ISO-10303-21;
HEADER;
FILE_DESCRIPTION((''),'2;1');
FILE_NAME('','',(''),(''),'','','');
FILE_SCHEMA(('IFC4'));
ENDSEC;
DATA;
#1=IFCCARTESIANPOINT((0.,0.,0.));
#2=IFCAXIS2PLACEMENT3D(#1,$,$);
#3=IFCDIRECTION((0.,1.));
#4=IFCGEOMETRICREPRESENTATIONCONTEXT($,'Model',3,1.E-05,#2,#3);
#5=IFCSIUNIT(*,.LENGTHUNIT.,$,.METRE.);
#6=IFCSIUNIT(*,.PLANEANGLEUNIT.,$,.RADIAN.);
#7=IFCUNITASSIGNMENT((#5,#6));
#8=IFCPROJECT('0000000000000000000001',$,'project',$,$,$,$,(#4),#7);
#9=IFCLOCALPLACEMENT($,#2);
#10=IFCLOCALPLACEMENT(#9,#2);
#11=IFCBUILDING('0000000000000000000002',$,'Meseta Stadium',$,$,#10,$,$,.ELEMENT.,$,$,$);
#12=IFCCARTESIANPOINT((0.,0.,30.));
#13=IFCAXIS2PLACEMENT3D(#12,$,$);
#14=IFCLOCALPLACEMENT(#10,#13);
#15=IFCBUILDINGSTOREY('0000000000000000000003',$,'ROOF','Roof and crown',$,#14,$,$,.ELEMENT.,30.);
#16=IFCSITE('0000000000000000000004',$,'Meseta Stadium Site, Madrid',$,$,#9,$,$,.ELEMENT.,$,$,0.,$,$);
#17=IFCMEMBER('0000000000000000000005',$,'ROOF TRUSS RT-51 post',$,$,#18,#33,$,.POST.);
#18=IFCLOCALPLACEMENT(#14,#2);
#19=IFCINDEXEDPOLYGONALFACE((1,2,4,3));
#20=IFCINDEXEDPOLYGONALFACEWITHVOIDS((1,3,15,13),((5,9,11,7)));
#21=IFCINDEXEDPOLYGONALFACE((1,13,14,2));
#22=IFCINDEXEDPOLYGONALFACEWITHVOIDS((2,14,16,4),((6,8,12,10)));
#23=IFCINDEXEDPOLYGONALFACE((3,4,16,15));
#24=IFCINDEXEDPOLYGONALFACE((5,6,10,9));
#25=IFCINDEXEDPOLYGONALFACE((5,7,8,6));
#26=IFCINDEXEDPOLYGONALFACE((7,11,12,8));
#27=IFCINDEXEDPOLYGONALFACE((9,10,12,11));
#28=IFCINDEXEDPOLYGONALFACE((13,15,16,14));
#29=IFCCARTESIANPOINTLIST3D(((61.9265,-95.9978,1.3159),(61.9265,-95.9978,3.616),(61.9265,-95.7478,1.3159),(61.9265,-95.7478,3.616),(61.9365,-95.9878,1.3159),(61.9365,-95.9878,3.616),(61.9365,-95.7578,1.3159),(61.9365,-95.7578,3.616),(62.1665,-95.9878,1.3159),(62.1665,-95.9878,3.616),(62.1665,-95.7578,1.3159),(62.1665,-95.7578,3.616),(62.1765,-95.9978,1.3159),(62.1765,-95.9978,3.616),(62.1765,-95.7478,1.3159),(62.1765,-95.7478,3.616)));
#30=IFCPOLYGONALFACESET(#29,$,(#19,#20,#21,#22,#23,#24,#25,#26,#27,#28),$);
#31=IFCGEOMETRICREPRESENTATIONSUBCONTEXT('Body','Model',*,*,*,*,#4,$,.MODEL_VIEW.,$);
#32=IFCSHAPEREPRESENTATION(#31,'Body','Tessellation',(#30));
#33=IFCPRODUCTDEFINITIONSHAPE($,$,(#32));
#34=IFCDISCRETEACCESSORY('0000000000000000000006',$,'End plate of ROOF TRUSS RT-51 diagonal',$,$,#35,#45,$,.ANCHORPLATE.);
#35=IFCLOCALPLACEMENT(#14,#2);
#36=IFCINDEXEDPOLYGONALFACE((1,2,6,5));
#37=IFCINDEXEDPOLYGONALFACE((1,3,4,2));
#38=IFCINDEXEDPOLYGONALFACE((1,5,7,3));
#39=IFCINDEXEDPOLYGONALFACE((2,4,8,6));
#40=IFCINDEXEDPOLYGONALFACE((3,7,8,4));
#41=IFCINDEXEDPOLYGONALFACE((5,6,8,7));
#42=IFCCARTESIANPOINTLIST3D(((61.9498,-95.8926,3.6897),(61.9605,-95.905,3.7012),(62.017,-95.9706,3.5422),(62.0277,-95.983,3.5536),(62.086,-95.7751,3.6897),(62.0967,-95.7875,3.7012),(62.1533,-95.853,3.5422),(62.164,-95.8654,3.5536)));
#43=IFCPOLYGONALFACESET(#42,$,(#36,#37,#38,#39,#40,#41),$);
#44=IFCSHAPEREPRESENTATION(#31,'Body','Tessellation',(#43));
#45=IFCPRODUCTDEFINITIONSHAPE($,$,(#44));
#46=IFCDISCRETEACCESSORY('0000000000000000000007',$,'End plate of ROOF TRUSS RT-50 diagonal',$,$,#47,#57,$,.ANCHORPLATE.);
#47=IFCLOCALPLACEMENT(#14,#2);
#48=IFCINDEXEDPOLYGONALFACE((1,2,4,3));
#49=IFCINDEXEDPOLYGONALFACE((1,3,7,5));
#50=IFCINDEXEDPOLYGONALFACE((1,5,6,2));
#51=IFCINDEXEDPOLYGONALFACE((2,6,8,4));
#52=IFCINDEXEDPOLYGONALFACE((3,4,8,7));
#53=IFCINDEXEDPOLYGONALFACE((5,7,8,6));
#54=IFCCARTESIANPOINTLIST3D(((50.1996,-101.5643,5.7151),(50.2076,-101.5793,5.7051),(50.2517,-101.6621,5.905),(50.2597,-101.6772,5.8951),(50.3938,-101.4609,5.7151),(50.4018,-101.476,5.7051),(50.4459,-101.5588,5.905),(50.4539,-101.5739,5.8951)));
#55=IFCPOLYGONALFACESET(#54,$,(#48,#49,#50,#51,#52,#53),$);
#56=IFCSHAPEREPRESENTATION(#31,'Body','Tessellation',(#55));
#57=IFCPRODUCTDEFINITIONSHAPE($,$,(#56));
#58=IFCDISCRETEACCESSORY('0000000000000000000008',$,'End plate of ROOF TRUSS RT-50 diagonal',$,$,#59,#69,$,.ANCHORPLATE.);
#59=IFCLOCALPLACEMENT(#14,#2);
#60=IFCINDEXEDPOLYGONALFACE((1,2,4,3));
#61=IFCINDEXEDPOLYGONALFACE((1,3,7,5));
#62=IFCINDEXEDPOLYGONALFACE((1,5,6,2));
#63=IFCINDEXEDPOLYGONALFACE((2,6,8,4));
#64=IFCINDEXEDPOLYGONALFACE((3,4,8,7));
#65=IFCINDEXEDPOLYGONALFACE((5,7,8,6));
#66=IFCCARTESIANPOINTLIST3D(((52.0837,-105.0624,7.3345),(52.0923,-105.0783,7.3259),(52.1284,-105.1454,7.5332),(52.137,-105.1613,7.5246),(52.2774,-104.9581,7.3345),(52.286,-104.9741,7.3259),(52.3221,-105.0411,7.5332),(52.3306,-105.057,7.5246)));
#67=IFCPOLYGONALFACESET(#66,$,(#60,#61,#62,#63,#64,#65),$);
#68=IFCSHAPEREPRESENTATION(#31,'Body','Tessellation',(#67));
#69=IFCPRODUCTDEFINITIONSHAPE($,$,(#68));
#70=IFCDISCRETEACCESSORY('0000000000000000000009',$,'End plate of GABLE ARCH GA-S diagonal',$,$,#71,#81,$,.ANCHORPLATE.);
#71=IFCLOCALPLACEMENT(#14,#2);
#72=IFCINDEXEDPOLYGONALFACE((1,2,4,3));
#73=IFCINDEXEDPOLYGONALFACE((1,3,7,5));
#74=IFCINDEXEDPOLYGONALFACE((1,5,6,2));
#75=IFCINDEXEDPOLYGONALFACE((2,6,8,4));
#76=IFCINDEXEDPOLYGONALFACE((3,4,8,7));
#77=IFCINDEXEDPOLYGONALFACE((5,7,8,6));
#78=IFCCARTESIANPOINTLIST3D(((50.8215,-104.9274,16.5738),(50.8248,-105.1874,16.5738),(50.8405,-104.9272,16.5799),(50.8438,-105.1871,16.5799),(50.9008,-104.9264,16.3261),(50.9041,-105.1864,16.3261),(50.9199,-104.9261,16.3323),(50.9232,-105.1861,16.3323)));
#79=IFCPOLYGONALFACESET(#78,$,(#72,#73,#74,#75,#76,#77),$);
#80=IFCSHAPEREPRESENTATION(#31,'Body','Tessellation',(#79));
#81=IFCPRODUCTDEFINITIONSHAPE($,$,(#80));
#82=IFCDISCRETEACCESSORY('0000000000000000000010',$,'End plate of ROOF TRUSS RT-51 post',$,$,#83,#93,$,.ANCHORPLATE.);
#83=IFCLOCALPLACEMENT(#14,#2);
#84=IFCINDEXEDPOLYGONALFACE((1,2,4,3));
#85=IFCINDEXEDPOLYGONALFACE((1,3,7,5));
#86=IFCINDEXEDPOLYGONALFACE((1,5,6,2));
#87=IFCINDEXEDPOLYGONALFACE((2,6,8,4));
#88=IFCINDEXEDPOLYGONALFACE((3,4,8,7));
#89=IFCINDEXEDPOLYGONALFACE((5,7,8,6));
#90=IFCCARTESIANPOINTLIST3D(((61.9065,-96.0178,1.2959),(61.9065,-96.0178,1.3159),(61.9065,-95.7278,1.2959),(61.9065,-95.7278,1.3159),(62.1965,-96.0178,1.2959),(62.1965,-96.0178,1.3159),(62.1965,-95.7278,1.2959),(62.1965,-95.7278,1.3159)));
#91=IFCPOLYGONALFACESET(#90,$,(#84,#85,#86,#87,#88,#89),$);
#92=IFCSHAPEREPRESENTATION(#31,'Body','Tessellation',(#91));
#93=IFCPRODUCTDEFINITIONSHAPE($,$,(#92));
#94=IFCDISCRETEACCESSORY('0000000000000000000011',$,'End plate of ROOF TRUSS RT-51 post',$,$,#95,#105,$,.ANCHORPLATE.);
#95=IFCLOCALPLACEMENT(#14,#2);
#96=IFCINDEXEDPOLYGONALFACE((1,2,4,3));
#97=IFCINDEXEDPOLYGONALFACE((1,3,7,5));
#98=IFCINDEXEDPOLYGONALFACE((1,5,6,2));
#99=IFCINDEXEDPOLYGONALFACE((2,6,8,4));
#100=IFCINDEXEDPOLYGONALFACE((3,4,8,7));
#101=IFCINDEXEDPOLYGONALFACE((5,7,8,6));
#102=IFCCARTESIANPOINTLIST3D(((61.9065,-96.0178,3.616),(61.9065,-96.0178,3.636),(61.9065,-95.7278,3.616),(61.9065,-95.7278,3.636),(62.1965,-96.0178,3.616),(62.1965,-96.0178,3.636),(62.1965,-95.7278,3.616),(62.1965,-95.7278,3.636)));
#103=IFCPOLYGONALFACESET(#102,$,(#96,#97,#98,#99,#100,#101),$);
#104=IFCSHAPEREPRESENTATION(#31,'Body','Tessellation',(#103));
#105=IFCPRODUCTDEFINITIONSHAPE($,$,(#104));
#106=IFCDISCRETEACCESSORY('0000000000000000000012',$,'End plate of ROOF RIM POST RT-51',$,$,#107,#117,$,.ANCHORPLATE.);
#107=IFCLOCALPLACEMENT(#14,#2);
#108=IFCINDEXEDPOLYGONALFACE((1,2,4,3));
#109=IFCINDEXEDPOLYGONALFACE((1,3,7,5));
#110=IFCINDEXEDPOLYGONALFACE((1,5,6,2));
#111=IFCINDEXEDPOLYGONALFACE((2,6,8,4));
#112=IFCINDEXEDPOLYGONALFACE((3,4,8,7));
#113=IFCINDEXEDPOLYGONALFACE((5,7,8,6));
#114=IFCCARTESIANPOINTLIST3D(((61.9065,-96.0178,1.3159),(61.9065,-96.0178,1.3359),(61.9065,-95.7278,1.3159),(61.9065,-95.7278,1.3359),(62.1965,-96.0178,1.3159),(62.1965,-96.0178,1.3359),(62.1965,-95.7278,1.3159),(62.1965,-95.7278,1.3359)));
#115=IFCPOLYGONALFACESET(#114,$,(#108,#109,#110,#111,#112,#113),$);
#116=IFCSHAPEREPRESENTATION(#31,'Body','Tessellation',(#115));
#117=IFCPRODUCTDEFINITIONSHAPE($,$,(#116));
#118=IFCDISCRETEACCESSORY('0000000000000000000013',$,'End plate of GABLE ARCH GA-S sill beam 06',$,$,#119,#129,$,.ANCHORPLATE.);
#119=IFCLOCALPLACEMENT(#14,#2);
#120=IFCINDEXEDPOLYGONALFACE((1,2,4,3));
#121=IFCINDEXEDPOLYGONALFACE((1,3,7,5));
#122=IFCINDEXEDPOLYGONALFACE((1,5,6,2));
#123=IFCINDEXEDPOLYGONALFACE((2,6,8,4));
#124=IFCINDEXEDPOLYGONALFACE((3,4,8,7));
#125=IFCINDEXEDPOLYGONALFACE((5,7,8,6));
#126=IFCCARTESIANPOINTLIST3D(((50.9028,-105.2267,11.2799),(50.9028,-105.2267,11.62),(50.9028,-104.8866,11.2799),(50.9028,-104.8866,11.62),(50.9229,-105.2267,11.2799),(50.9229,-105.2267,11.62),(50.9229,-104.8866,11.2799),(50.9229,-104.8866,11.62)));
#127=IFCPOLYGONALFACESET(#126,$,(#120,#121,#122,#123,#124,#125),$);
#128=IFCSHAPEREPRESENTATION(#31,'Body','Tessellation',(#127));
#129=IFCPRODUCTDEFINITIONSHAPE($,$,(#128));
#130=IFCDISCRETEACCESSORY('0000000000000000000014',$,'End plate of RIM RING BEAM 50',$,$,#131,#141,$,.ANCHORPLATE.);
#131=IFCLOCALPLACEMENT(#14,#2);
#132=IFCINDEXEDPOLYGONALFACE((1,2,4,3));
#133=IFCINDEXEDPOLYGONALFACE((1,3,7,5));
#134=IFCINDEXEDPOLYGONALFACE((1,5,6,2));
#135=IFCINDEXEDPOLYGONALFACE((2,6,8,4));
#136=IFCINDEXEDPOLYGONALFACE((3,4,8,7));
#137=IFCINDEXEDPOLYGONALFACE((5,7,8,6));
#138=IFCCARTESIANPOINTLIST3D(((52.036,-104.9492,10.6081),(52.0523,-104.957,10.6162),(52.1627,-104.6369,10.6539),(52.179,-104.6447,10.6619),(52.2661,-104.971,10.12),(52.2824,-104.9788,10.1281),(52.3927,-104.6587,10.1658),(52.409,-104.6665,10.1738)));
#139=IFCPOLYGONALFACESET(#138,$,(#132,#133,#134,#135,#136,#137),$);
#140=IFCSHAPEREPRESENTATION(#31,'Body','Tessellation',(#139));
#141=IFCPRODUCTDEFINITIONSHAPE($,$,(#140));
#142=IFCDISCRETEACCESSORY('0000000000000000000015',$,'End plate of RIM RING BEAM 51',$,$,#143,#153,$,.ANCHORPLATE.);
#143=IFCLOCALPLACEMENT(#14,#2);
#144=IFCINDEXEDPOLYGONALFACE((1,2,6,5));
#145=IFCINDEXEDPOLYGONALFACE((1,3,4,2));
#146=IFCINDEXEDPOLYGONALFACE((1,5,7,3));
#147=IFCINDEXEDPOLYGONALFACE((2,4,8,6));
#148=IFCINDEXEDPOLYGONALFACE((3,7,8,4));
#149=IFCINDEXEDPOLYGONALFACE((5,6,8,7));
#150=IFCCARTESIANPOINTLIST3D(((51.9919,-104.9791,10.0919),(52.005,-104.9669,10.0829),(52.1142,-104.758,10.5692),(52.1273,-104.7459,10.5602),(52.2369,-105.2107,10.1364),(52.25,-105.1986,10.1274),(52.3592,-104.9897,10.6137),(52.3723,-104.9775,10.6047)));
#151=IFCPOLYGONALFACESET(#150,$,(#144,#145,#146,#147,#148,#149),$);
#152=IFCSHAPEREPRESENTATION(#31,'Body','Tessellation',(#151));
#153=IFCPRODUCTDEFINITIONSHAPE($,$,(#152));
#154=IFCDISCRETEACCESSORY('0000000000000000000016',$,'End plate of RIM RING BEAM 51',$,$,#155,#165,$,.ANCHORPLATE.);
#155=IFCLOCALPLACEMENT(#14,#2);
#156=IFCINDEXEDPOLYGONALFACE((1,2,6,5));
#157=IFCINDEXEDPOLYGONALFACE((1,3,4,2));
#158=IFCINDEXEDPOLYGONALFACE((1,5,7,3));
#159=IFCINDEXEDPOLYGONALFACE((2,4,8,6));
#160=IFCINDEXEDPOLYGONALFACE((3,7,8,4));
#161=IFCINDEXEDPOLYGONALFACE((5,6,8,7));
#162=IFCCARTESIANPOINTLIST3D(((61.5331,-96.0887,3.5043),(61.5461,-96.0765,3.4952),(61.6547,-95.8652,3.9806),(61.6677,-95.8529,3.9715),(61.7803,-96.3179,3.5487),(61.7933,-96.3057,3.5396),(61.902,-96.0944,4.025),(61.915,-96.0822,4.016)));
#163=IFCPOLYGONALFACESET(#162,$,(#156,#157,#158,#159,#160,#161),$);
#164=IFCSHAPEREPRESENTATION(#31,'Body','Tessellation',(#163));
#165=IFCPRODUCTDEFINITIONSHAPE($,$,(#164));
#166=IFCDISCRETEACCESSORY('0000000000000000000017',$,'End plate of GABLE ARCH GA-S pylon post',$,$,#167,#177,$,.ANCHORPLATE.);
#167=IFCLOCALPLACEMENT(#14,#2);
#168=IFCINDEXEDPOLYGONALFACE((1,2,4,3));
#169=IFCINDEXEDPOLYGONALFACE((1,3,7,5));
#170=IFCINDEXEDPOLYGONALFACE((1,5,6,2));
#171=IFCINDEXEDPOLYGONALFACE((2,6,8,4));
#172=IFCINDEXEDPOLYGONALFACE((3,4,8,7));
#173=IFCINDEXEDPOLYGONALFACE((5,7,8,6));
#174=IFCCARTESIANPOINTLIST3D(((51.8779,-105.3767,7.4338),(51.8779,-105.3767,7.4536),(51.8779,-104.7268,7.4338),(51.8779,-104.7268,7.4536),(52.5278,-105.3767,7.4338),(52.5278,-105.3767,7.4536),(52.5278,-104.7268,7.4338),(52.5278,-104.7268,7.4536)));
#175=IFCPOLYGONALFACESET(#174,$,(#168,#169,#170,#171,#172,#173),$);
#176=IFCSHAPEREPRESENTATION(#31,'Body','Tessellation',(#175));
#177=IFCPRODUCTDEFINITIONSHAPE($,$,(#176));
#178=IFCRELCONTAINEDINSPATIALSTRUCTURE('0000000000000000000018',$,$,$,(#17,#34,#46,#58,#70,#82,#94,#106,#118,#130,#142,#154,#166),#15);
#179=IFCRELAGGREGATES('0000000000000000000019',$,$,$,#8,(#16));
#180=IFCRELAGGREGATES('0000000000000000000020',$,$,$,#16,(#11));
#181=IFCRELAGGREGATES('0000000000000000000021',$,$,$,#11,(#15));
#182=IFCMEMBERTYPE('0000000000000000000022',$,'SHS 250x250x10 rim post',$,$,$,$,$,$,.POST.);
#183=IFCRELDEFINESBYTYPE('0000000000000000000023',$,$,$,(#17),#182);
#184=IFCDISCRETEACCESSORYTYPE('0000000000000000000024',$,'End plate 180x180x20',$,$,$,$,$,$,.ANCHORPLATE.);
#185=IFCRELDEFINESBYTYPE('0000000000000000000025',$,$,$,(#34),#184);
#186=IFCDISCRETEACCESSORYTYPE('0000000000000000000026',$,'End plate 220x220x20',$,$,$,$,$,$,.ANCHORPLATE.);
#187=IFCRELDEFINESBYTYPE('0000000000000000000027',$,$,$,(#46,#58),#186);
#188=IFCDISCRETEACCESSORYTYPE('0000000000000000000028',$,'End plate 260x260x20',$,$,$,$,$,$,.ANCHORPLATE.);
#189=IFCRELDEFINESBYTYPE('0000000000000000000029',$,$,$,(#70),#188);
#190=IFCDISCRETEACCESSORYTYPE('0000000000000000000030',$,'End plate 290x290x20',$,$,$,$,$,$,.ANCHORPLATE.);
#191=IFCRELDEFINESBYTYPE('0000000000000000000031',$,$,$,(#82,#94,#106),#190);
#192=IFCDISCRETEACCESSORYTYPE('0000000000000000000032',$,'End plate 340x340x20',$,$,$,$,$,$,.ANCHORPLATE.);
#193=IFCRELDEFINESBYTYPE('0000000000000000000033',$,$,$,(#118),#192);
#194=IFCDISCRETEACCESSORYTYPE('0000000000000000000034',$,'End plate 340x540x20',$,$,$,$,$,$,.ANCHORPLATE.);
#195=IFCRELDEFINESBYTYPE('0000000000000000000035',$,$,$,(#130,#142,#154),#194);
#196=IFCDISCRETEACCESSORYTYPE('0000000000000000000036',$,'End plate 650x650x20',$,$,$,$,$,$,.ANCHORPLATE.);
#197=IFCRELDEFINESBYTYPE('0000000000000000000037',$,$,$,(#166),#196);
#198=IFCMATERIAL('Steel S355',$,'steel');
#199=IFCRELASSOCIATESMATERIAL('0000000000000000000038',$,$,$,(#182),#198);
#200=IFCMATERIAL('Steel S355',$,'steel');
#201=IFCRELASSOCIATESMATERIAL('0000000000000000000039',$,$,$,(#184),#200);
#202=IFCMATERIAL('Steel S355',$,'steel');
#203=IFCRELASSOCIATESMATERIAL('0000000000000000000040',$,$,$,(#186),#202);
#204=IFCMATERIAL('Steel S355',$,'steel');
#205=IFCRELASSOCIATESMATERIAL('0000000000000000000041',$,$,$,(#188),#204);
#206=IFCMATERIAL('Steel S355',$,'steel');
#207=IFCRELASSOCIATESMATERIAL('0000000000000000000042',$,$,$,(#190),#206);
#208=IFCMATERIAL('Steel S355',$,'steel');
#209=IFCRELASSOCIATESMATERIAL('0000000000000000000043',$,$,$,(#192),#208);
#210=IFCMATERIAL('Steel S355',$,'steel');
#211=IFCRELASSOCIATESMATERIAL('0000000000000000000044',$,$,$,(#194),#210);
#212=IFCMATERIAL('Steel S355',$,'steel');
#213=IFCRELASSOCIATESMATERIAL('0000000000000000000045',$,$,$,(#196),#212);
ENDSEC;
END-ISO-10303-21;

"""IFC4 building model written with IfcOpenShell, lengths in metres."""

from ifc_helpers import new_model, si_unit, direction, frame, origin, origin_2d, place, context, subcontext, project, spatial, rectangle, hollow_rectangle, extrude, material, material_profile, profile_set, type_object, element, save


model = new_model("IFC4")

# Units and contexts
model_context = context("Model", 3, precision=1e-05, world=origin(), true_north=direction((0.0, 1.0)))
body_context = subcontext(model_context, "Body", "Model", "MODEL_VIEW")
ifc_project = project(units=[si_unit("LENGTHUNIT", "METRE"), si_unit("PLANEANGLEUNIT", "RADIAN")], contexts=[model_context])

# Site, building, storey
site_placement = place(None, origin())
site = spatial("IfcSite", under=ifc_project, at=site_placement, Name="Meseta Stadium Site, Madrid", CompositionType="ELEMENT", RefElevation=0.0)
building_placement = place(site_placement, origin())
building = spatial("IfcBuilding", under=site, at=building_placement, Name="Meseta Stadium", CompositionType="ELEMENT")
storey_placement = place(building_placement, frame((0.0, 0.0, 30.0)))
storey = spatial("IfcBuildingStorey", under=building, at=storey_placement, Name="ROOF", Description="Roof and crown", CompositionType="ELEMENT", Elevation=30.0)

# Member
ifc_material_1 = material(Name="Steel S355", Category="steel")
ifc_material_profile_1 = material_profile(ifc_material_1, hollow_rectangle(XDim=0.25, YDim=0.25, WallThickness=0.01, at=origin_2d()), Name="SHS 250x250x10")
ifc_profile_set_1 = profile_set([ifc_material_profile_1], Name="Steel S355")
member_type_1 = type_object("IfcMemberType", Name="SHS 250x250x10 rim post", PredefinedType="POST", material=ifc_profile_set_1)
member_1_placement = place(storey_placement, frame((62.0515, -95.8728, 1.3159), z_axis=(0.0, 0.0, 1.0), x_axis=(1.0, 0.0, 0.0)))
element("IfcMember", 1, at=member_1_placement, inside=storey, type_object=member_type_1, Name="ROOF TRUSS RT-51 post", PredefinedType="POST", context=body_context, shape_type="SweptSolid", body=[
    extrude(hollow_rectangle(XDim=0.25, YDim=0.25, WallThickness=0.01, at=origin_2d()), origin(), (0.0, 0.0, 1.0), 2.3),
])

# Discrete accessories
ifc_material_2 = material(Name="Steel S355", Category="steel")
ifc_material_profile_2 = material_profile(ifc_material_2, rectangle(XDim=0.1799, YDim=0.1799, at=origin_2d()), Name="PL 180x180")
ifc_profile_set_2 = profile_set([ifc_material_profile_2], Name="Steel S355")
discrete_accessory_type_1 = type_object("IfcDiscreteAccessoryType", Name="End plate 180x180x20", PredefinedType="ANCHORPLATE", material=ifc_profile_set_2)
discrete_accessory_1_placement = place(storey_placement, frame((62.0515, -95.8728, 3.616), z_axis=(0.53571, -0.620936, 0.572235), x_axis=(0.757157, 0.653233, 0.0)))
element("IfcDiscreteAccessory", 2, at=discrete_accessory_1_placement, inside=storey, type_object=discrete_accessory_type_1, Name="End plate of ROOF TRUSS RT-51 diagonal", PredefinedType="ANCHORPLATE", context=body_context, shape_type="SweptSolid", body=[
    extrude(rectangle(XDim=0.1799, YDim=0.1799, at=origin_2d()), origin(), (0.0, 0.0, 1.0), 0.02),
])
ifc_material_3 = material(Name="Steel S355", Category="steel")
ifc_material_profile_3 = material_profile(ifc_material_3, rectangle(XDim=0.22, YDim=0.22, at=origin_2d()), Name="PL 220x220")
ifc_profile_set_3 = profile_set([ifc_material_profile_3], Name="Steel S355")
discrete_accessory_type_2 = type_object("IfcDiscreteAccessoryType", Name="End plate 220x220x20", PredefinedType="ANCHORPLATE", material=ifc_profile_set_3)
discrete_accessory_2_placement = place(storey_placement, frame((50.3228, -101.5615, 5.8101), z_axis=(0.405772, -0.762359, -0.504141), x_axis=(0.882747, 0.469849, 0.0)))
element("IfcDiscreteAccessory", 3, at=discrete_accessory_2_placement, inside=storey, type_object=discrete_accessory_type_2, Name="End plate of ROOF TRUSS RT-50 diagonal", PredefinedType="ANCHORPLATE", context=body_context, shape_type="SweptSolid", body=[
    extrude(rectangle(XDim=0.22, YDim=0.22, at=origin_2d()), origin(), (0.0, 0.0, 1.0), 0.0198),
])
discrete_accessory_3_placement = place(storey_placement, frame((52.2029, -105.0518, 7.4338), z_axis=(0.428393, -0.795587, -0.428393), x_axis=(0.880471, 0.4741, 0.0)))
element("IfcDiscreteAccessory", 4, at=discrete_accessory_3_placement, inside=storey, type_object=discrete_accessory_type_2, Name="End plate of ROOF TRUSS RT-50 diagonal", PredefinedType="ANCHORPLATE", context=body_context, shape_type="SweptSolid", body=[
    extrude(rectangle(XDim=0.22, YDim=0.22, at=origin_2d()), origin(), (0.0, 0.0, 1.0), 0.02),
])
ifc_material_4 = material(Name="Steel S355", Category="steel")
ifc_material_profile_4 = material_profile(ifc_material_4, rectangle(XDim=0.26, YDim=0.26, at=origin_2d()), Name="PL 260x260")
ifc_profile_set_4 = profile_set([ifc_material_profile_4], Name="Steel S355")
discrete_accessory_type_3 = type_object("IfcDiscreteAccessoryType", Name="End plate 260x260x20", PredefinedType="ANCHORPLATE", material=ifc_profile_set_4)
discrete_accessory_4_placement = place(storey_placement, frame((50.8628, -105.0569, 16.45), z_axis=(0.952211, 0.012208, 0.305196), x_axis=(-0.012819, 0.999918, 0.0)))
element("IfcDiscreteAccessory", 5, at=discrete_accessory_4_placement, inside=storey, type_object=discrete_accessory_type_3, Name="End plate of GABLE ARCH GA-S diagonal", PredefinedType="ANCHORPLATE", context=body_context, shape_type="SweptSolid", body=[
    extrude(rectangle(XDim=0.26, YDim=0.26, at=origin_2d()), origin(), (0.0, 0.0, 1.0), 0.02),
])
ifc_material_5 = material(Name="Steel S355", Category="steel")
ifc_material_profile_5 = material_profile(ifc_material_5, rectangle(XDim=0.29, YDim=0.29, at=origin_2d()), Name="PL 290x290")
ifc_profile_set_5 = profile_set([ifc_material_profile_5], Name="Steel S355")
discrete_accessory_type_4 = type_object("IfcDiscreteAccessoryType", Name="End plate 290x290x20", PredefinedType="ANCHORPLATE", material=ifc_profile_set_5)
for number, where, z_axis, x_axis, name in (
    (6, (62.0515, -95.8728, 1.2959), (0.0, 0.0, 1.0), (1.0, 0.0, 0.0), "End plate of ROOF TRUSS RT-51 post"),
    (7, (62.0515, -95.8728, 3.616), (0.0, 0.0, 1.0), (1.0, 0.0, 0.0), "End plate of ROOF TRUSS RT-51 post"),
    (8, (62.0515, -95.8728, 1.3159), (0.0, 0.0, 1.0), (1.0, 0.0, 0.0), "End plate of ROOF RIM POST RT-51"),
):
    element("IfcDiscreteAccessory", number, at=place(storey_placement, frame(where, z_axis=z_axis, x_axis=x_axis)), inside=storey, type_object=discrete_accessory_type_4, Name=name, PredefinedType="ANCHORPLATE", context=body_context, shape_type="SweptSolid", body=[
        extrude(rectangle(XDim=0.29, YDim=0.29, at=origin_2d()), origin(), (0.0, 0.0, 1.0), 0.02),
    ])
ifc_material_6 = material(Name="Steel S355", Category="steel")
ifc_material_profile_6 = material_profile(ifc_material_6, rectangle(XDim=0.3401, YDim=0.3401, at=origin_2d()), Name="PL 340x340")
ifc_profile_set_6 = profile_set([ifc_material_profile_6], Name="Steel S355")
discrete_accessory_type_5 = type_object("IfcDiscreteAccessoryType", Name="End plate 340x340x20", PredefinedType="ANCHORPLATE", material=ifc_profile_set_6)
discrete_accessory_5_placement = place(storey_placement, frame((50.9028, -105.0566, 11.45), z_axis=(1.0, 0.0, 0.0), x_axis=(0.0, 1.0, 0.0)))
element("IfcDiscreteAccessory", 9, at=discrete_accessory_5_placement, inside=storey, type_object=discrete_accessory_type_5, Name="End plate of GABLE ARCH GA-S sill beam 06", PredefinedType="ANCHORPLATE", context=body_context, shape_type="SweptSolid", body=[
    extrude(rectangle(XDim=0.3401, YDim=0.3401, at=origin_2d()), origin(), (0.0, 0.0, 1.0), 0.02),
])
ifc_material_7 = material(Name="Steel S355", Category="steel")
ifc_material_profile_7 = material_profile(ifc_material_7, rectangle(XDim=0.3401, YDim=0.54, at=origin_2d()), Name="PL 340x540")
ifc_profile_set_7 = profile_set([ifc_material_profile_7], Name="Steel S355")
discrete_accessory_type_6 = type_object("IfcDiscreteAccessoryType", Name="End plate 340x540x20", PredefinedType="ANCHORPLATE", material=ifc_profile_set_7)
discrete_accessory_6_placement = place(storey_placement, frame((52.2144, -104.804, 10.387), z_axis=(0.824588, -0.393833, 0.40614), x_axis=(0.372331, 0.918299, 0.134527)))
element("IfcDiscreteAccessory", 10, at=discrete_accessory_6_placement, inside=storey, type_object=discrete_accessory_type_6, Name="End plate of RIM RING BEAM 50", PredefinedType="ANCHORPLATE", context=body_context, shape_type="SweptSolid", body=[
    extrude(rectangle(XDim=0.3401, YDim=0.54, at=origin_2d()), origin(), (0.0, 0.0, 1.0), 0.0198),
])
for number, where, z_axis, x_axis, name in (
    (11, (52.1755, -104.9844, 10.3528), (0.65557, 0.607009, -0.449187), (-0.720362, 0.681138, -0.130882), "End plate of RIM RING BEAM 51"),
    (12, (61.7175, -96.0916, 3.7646), (0.648564, 0.611853, -0.452771), (-0.727064, 0.674031, -0.130617), "End plate of RIM RING BEAM 51"),
):
    element("IfcDiscreteAccessory", number, at=place(storey_placement, frame(where, z_axis=z_axis, x_axis=x_axis)), inside=storey, type_object=discrete_accessory_type_6, Name=name, PredefinedType="ANCHORPLATE", context=body_context, shape_type="SweptSolid", body=[
        extrude(rectangle(XDim=0.3401, YDim=0.54, at=origin_2d()), origin(), (0.0, 0.0, 1.0), 0.02),
    ])
ifc_material_8 = material(Name="Steel S355", Category="steel")
ifc_material_profile_8 = material_profile(ifc_material_8, rectangle(XDim=0.6499, YDim=0.6499, at=origin_2d()), Name="PL 650x650")
ifc_profile_set_8 = profile_set([ifc_material_profile_8], Name="Steel S355")
discrete_accessory_type_7 = type_object("IfcDiscreteAccessoryType", Name="End plate 650x650x20", PredefinedType="ANCHORPLATE", material=ifc_profile_set_8)
discrete_accessory_7_placement = place(storey_placement, frame((52.2029, -105.0518, 7.4338), z_axis=(0.0, 0.0, 1.0), x_axis=(1.0, 0.0, 0.0)))
element("IfcDiscreteAccessory", 13, at=discrete_accessory_7_placement, inside=storey, type_object=discrete_accessory_type_7, Name="End plate of GABLE ARCH GA-S pylon post", PredefinedType="ANCHORPLATE", context=body_context, shape_type="SweptSolid", body=[
    extrude(rectangle(XDim=0.6499, YDim=0.6499, at=origin_2d()), origin(), (0.0, 0.0, 1.0), 0.0198),
])

save(model, "model.ifc")
